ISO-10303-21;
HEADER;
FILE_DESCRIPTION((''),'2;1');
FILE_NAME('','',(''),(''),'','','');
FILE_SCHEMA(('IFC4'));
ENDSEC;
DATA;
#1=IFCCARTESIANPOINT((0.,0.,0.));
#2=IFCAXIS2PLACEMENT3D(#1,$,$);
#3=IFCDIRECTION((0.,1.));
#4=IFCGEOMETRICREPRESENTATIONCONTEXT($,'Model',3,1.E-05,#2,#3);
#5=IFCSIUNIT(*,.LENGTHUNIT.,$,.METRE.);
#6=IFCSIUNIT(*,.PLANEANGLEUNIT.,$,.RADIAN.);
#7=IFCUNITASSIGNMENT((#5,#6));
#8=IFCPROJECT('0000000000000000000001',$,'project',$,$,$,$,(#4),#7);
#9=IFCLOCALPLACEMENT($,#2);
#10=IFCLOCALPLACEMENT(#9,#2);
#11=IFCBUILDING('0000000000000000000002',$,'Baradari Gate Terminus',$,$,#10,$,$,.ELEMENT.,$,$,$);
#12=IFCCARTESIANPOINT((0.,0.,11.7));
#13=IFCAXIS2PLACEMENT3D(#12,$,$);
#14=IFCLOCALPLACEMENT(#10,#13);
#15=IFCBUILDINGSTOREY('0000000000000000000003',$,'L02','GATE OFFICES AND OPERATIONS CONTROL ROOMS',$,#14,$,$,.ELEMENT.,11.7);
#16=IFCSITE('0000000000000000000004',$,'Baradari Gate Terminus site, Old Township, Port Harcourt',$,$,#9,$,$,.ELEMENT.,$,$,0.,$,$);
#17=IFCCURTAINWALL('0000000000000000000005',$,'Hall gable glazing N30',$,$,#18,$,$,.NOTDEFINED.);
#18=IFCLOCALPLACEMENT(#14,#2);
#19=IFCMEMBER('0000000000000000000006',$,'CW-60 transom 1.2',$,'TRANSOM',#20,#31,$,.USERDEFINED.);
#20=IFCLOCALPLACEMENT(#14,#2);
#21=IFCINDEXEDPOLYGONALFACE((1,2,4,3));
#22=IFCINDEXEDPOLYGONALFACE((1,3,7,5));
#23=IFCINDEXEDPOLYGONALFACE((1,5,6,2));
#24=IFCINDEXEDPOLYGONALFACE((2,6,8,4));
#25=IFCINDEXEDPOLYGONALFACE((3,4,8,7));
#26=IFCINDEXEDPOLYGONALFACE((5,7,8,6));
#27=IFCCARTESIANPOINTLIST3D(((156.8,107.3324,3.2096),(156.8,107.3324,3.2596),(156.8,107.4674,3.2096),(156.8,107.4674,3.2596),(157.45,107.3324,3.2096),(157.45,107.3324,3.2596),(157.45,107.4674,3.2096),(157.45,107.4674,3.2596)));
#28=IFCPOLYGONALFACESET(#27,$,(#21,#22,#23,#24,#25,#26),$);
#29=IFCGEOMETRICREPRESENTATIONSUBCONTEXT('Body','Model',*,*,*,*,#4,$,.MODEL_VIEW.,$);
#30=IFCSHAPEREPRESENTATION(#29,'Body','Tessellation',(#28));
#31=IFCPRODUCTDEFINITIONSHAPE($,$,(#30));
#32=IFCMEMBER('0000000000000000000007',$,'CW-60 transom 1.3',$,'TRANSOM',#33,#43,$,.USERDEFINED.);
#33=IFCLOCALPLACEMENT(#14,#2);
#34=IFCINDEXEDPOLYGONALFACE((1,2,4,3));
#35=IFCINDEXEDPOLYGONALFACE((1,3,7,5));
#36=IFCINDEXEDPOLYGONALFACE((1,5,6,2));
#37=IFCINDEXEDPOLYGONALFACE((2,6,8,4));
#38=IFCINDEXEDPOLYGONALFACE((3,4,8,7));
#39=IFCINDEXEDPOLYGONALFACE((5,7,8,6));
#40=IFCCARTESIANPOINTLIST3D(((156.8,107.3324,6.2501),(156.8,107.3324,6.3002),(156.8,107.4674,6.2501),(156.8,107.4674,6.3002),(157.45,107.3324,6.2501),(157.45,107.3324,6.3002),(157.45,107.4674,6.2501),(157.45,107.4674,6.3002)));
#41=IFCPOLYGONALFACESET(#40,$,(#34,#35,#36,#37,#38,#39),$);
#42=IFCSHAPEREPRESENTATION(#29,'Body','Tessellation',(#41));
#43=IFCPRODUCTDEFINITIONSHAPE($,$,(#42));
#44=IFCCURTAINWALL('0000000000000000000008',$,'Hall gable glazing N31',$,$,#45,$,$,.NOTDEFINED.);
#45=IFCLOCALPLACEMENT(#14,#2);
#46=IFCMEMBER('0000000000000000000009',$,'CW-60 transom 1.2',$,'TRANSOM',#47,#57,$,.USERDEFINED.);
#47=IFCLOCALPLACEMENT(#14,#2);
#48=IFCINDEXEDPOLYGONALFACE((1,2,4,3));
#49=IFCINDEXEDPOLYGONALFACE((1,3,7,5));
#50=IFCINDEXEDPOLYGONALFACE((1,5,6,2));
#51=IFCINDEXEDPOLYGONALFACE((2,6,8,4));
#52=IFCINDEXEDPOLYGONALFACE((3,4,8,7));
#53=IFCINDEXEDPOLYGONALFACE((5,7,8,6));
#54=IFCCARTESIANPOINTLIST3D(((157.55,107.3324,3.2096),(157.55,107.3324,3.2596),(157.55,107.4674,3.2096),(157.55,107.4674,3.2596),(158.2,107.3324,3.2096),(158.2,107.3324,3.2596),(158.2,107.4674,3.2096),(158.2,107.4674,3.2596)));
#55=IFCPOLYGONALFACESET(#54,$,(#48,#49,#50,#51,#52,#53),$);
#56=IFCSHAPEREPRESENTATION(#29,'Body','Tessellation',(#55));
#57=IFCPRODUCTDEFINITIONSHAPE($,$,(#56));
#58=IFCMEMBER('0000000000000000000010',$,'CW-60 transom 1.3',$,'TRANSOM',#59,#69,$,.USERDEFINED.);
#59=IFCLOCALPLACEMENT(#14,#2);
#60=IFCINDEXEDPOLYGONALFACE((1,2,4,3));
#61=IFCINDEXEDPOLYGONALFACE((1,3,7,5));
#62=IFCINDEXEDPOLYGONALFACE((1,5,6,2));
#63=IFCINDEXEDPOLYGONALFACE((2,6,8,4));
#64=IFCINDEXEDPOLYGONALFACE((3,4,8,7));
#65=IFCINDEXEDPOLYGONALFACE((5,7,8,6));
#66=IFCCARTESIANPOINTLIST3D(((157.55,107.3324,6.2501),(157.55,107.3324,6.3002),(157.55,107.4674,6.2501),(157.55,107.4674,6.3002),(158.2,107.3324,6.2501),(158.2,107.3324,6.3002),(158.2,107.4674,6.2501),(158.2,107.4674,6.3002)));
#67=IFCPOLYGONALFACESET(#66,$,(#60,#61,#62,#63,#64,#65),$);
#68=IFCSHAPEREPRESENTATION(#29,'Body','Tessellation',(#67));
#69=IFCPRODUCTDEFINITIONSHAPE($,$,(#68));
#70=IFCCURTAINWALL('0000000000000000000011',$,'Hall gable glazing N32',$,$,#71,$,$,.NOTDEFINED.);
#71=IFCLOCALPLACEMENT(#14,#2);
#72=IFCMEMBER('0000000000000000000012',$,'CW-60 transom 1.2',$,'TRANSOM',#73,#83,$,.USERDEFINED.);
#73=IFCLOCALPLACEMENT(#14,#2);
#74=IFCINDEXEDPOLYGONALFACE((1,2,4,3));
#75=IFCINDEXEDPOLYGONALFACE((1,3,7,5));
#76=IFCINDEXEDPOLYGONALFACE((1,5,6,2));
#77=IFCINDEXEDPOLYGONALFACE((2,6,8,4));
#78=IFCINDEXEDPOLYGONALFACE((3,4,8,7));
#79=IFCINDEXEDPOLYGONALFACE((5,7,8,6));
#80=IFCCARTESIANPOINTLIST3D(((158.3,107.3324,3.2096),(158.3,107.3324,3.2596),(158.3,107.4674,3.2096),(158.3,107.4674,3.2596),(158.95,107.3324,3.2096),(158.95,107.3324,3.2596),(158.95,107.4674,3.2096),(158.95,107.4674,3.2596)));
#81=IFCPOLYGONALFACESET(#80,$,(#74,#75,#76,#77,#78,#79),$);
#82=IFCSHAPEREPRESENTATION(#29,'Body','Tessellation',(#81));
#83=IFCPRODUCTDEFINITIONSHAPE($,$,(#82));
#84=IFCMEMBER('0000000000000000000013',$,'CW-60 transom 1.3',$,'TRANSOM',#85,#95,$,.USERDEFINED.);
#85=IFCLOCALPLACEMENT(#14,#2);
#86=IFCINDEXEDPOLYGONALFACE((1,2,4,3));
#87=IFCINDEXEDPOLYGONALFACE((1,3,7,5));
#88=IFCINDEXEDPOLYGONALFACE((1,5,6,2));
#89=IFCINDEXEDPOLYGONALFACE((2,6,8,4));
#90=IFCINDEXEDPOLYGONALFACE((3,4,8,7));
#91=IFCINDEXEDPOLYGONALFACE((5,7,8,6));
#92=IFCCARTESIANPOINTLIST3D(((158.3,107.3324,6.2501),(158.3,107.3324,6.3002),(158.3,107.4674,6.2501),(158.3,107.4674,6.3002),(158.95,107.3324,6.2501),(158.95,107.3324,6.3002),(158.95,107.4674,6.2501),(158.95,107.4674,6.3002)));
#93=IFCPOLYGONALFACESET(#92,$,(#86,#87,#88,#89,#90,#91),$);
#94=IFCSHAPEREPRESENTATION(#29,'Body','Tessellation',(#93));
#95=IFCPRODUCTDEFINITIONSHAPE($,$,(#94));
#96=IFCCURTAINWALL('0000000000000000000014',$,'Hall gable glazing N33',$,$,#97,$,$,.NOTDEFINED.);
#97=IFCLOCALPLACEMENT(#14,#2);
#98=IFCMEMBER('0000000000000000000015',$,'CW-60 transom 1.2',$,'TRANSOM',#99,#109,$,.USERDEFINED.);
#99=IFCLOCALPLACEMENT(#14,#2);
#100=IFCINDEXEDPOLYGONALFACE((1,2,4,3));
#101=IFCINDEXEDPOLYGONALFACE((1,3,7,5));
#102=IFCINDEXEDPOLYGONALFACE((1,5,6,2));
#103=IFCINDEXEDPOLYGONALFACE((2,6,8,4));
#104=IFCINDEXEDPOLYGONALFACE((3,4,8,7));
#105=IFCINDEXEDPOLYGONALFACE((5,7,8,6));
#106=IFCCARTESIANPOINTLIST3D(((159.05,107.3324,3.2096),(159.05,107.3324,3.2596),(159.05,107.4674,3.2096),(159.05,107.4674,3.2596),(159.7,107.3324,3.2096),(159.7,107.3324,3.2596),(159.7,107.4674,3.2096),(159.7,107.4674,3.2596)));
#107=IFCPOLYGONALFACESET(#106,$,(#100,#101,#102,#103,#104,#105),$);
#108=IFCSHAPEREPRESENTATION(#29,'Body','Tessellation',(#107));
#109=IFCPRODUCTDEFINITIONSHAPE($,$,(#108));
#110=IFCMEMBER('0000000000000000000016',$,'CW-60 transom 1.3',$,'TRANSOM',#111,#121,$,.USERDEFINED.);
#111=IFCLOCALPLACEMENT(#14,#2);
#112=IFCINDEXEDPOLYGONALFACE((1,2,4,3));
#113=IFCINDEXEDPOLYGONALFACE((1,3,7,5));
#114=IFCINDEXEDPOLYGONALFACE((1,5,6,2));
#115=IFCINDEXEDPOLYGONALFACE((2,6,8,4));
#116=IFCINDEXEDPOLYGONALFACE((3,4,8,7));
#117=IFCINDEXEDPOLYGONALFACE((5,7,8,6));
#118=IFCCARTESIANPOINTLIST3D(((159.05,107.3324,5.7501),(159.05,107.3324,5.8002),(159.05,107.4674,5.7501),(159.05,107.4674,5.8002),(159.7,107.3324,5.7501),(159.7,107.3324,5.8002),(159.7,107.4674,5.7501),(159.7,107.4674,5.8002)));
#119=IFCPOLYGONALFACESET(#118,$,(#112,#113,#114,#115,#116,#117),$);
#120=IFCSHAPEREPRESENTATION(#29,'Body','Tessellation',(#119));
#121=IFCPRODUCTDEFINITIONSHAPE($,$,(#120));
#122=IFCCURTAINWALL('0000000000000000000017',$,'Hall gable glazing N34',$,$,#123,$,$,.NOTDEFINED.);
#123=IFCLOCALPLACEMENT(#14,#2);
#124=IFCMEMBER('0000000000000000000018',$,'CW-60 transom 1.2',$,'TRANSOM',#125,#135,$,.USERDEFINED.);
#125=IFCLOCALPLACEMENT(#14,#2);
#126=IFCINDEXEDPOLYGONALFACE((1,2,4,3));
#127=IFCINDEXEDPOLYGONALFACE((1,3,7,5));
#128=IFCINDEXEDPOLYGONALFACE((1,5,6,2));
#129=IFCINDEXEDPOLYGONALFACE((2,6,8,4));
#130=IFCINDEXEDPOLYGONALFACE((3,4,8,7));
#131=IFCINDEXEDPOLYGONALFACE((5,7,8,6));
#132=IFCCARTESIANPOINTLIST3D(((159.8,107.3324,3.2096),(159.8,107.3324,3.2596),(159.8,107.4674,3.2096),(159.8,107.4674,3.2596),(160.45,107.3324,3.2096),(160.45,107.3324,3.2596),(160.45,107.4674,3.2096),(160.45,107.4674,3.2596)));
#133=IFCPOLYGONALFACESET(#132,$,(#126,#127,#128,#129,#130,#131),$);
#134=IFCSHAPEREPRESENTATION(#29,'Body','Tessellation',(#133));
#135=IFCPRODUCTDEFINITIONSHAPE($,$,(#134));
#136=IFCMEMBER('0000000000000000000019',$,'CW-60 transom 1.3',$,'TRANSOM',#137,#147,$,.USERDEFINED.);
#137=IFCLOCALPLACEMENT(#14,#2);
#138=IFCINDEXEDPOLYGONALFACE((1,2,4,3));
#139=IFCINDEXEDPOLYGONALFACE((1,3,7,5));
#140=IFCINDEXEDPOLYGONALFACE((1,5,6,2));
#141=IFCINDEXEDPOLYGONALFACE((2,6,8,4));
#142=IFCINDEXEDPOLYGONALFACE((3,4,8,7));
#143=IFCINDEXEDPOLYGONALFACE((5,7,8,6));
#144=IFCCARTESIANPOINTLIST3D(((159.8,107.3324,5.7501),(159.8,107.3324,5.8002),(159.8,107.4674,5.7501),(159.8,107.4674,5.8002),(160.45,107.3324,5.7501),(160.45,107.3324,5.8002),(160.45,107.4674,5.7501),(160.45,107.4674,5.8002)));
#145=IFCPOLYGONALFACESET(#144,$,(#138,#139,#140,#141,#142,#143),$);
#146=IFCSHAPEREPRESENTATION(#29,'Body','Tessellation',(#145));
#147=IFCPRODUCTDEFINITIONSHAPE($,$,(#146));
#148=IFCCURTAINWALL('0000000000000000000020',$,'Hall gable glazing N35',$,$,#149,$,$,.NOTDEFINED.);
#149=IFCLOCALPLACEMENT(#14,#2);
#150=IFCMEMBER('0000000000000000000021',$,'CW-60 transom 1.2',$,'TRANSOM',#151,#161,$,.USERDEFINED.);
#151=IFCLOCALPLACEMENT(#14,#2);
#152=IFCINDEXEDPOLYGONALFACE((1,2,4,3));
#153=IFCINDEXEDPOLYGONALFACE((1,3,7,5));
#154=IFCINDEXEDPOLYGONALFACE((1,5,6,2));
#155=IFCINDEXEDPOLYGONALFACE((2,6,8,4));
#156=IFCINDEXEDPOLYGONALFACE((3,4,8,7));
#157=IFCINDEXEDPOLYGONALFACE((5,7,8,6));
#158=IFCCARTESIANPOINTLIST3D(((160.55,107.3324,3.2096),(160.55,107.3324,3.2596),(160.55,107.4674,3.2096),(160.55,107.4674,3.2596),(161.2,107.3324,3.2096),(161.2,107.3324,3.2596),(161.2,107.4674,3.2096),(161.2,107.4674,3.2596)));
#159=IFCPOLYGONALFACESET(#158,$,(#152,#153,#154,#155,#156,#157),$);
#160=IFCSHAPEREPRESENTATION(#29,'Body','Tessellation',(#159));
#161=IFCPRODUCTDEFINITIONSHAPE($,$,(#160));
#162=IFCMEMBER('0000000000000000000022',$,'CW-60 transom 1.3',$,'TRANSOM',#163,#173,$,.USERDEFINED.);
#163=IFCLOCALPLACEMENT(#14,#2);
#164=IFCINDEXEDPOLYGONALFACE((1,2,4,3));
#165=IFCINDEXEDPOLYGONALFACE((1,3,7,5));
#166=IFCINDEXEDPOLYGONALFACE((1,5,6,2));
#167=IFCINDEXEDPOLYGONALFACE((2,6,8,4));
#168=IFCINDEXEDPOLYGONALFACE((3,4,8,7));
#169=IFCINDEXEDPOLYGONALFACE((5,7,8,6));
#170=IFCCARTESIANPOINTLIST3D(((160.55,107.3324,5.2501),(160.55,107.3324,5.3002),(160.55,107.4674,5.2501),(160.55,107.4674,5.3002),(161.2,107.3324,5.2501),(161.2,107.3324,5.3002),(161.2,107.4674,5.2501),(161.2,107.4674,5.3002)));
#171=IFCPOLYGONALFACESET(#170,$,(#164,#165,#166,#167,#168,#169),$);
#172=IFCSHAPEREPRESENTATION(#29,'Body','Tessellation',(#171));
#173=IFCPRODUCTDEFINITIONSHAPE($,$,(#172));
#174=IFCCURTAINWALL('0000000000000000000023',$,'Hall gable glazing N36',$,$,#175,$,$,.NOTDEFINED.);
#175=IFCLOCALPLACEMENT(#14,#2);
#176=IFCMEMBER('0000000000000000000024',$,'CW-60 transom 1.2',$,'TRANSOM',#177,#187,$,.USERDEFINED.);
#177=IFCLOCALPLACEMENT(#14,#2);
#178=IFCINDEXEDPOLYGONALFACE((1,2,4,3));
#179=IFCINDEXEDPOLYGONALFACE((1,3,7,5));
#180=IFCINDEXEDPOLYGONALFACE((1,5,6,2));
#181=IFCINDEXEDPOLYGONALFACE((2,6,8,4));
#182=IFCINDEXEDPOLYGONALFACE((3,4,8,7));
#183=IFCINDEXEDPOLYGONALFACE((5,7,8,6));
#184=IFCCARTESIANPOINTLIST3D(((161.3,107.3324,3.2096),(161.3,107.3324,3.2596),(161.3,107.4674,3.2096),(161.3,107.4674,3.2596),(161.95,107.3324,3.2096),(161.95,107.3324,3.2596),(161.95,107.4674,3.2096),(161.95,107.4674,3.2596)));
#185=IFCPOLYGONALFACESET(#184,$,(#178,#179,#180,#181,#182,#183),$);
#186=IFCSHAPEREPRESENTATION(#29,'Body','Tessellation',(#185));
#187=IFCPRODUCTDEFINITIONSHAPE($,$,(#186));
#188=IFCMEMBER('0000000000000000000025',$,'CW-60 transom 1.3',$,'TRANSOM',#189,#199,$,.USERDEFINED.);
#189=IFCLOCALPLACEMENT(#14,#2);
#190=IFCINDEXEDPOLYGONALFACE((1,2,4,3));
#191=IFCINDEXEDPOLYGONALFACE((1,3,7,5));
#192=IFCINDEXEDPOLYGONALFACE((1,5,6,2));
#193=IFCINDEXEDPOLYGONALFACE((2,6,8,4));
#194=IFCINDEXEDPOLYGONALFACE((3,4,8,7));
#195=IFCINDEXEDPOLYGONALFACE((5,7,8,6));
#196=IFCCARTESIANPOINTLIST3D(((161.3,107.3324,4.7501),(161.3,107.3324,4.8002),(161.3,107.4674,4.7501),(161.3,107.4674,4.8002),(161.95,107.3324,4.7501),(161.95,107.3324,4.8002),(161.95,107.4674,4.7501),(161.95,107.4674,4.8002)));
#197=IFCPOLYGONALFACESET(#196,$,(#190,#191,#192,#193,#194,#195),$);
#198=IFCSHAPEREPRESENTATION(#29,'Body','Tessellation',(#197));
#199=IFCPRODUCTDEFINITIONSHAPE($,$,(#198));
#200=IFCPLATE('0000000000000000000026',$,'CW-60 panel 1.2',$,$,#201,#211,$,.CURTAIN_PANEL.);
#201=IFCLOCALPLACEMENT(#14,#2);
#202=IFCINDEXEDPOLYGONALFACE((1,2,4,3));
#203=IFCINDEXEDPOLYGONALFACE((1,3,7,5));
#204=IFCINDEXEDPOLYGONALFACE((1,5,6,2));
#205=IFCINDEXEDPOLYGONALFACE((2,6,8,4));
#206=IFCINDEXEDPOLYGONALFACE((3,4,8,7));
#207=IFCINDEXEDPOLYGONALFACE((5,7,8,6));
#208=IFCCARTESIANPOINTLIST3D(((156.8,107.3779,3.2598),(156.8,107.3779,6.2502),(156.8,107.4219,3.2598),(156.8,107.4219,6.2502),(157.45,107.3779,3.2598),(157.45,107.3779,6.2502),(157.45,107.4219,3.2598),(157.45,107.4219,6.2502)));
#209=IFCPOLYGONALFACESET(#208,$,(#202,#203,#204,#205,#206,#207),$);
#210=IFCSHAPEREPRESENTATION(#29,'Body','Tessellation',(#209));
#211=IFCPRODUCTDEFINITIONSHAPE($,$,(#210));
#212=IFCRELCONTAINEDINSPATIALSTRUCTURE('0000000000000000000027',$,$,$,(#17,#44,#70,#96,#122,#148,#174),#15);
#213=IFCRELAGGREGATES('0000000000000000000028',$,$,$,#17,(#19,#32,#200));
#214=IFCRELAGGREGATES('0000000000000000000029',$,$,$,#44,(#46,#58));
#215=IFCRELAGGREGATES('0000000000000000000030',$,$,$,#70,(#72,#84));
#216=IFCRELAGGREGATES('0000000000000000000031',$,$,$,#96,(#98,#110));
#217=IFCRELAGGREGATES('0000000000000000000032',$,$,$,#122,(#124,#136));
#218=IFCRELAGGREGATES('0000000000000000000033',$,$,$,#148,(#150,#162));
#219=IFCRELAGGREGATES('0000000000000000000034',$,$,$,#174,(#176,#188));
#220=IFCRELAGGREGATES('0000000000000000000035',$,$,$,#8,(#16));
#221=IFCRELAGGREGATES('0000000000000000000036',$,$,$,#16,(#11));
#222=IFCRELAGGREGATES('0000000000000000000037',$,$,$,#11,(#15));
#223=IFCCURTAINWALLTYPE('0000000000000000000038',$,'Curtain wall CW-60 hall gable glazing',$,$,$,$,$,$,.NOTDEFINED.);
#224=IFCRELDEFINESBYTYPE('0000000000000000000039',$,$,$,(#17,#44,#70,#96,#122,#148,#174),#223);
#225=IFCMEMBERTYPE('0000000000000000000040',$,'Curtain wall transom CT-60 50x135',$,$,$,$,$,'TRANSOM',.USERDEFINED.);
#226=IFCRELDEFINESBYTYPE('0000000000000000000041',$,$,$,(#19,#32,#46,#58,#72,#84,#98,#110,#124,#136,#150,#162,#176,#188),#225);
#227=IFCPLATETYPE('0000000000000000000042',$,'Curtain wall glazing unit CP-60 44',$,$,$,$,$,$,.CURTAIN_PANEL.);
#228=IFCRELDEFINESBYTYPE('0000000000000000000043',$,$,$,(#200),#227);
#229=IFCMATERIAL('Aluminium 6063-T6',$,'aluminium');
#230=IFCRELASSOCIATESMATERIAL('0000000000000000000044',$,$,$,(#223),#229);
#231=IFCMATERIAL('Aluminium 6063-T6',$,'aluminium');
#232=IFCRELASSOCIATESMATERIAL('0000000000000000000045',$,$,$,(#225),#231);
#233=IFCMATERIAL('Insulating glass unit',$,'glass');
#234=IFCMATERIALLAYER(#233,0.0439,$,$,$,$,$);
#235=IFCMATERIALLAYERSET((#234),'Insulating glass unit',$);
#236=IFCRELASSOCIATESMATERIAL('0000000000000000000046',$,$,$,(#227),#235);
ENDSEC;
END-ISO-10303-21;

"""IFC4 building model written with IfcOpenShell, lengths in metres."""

from ifc_helpers import new_model, si_unit, direction, frame, origin, origin_2d, place, context, subcontext, project, spatial, rectangle, extrude, material, layer, layer_set, material_profile, profile_set, type_object, element, aggregate, save


model = new_model("IFC4")

# Units and contexts
model_context = context("Model", 3, precision=1e-05, world=origin(), true_north=direction((0.0, 1.0)))
body_context = subcontext(model_context, "Body", "Model", "MODEL_VIEW")
ifc_project = project(units=[si_unit("LENGTHUNIT", "METRE"), si_unit("PLANEANGLEUNIT", "RADIAN")], contexts=[model_context])

# Site, building, storey
site_placement = place(None, origin())
site = spatial("IfcSite", under=ifc_project, at=site_placement, Name="Baradari Gate Terminus site, Old Township, Port Harcourt", CompositionType="ELEMENT", RefElevation=0.0)
building_placement = place(site_placement, origin())
building = spatial("IfcBuilding", under=site, at=building_placement, Name="Baradari Gate Terminus", CompositionType="ELEMENT")
storey_placement = place(building_placement, frame((0.0, 0.0, 11.7)))
storey = spatial("IfcBuildingStorey", under=building, at=storey_placement, Name="L02", Description="GATE OFFICES AND OPERATIONS CONTROL ROOMS", CompositionType="ELEMENT", Elevation=11.7)

# Curtain walls, members
ifc_material_1 = material(Name="Aluminium 6063-T6", Category="aluminium")
curtain_wall_type = type_object("IfcCurtainWallType", Name="Curtain wall CW-60 hall gable glazing", PredefinedType="NOTDEFINED", material=ifc_material_1)
curtain_wall_1_placement = place(storey_placement, origin())
curtain_wall_1 = element("IfcCurtainWall", 1, at=curtain_wall_1_placement, inside=storey, type_object=curtain_wall_type, Name="Hall gable glazing N30", PredefinedType="NOTDEFINED")
ifc_material_2 = material(Name="Aluminium 6063-T6", Category="aluminium")
ifc_material_profile = material_profile(ifc_material_2, rectangle(XDim=0.135, YDim=0.05, at=origin_2d()), Name="CT-60 50X135")
ifc_profile_set = profile_set([ifc_material_profile], Name="Aluminium 6063-T6")
member_type = type_object("IfcMemberType", Name="Curtain wall transom CT-60 50x135", ElementType="TRANSOM", PredefinedType="USERDEFINED", material=ifc_profile_set)
member_1_placement = place(storey_placement, frame((156.8, 107.3999, 3.2346), z_axis=(1.0, 0.0, 0.0), x_axis=(0.0, 1.0, 0.0)))
member_1 = element("IfcMember", 2, at=member_1_placement, type_object=member_type, Name="CW-60 transom 1.2", ObjectType="TRANSOM", PredefinedType="USERDEFINED", context=body_context, shape_type="SweptSolid", body=[
    extrude(rectangle(XDim=0.135, YDim=0.05, at=origin_2d()), origin(), (0.0, 0.0, 1.0), 0.6499),
])
member_2_placement = place(storey_placement, frame((156.8, 107.3999, 6.2751), z_axis=(1.0, 0.0, 0.0), x_axis=(0.0, 1.0, 0.0)))
member_2 = element("IfcMember", 3, at=member_2_placement, type_object=member_type, Name="CW-60 transom 1.3", ObjectType="TRANSOM", PredefinedType="USERDEFINED", context=body_context, shape_type="SweptSolid", body=[
    extrude(rectangle(XDim=0.135, YDim=0.05, at=origin_2d()), origin(), (0.0, 0.0, 1.0), 0.6499),
])
curtain_wall_2_placement = place(storey_placement, origin())
curtain_wall_2 = element("IfcCurtainWall", 4, at=curtain_wall_2_placement, inside=storey, type_object=curtain_wall_type, Name="Hall gable glazing N31", PredefinedType="NOTDEFINED")
member_3_placement = place(storey_placement, frame((157.55, 107.3999, 3.2346), z_axis=(1.0, 0.0, 0.0), x_axis=(0.0, 1.0, 0.0)))
member_3 = element("IfcMember", 5, at=member_3_placement, type_object=member_type, Name="CW-60 transom 1.2", ObjectType="TRANSOM", PredefinedType="USERDEFINED", context=body_context, shape_type="SweptSolid", body=[
    extrude(rectangle(XDim=0.135, YDim=0.05, at=origin_2d()), origin(), (0.0, 0.0, 1.0), 0.6499),
])
member_4_placement = place(storey_placement, frame((157.55, 107.3999, 6.2751), z_axis=(1.0, 0.0, 0.0), x_axis=(0.0, 1.0, 0.0)))
member_4 = element("IfcMember", 6, at=member_4_placement, type_object=member_type, Name="CW-60 transom 1.3", ObjectType="TRANSOM", PredefinedType="USERDEFINED", context=body_context, shape_type="SweptSolid", body=[
    extrude(rectangle(XDim=0.135, YDim=0.05, at=origin_2d()), origin(), (0.0, 0.0, 1.0), 0.6499),
])
curtain_wall_3_placement = place(storey_placement, origin())
curtain_wall_3 = element("IfcCurtainWall", 7, at=curtain_wall_3_placement, inside=storey, type_object=curtain_wall_type, Name="Hall gable glazing N32", PredefinedType="NOTDEFINED")
member_5_placement = place(storey_placement, frame((158.3, 107.3999, 3.2346), z_axis=(1.0, 0.0, 0.0), x_axis=(0.0, 1.0, 0.0)))
member_5 = element("IfcMember", 8, at=member_5_placement, type_object=member_type, Name="CW-60 transom 1.2", ObjectType="TRANSOM", PredefinedType="USERDEFINED", context=body_context, shape_type="SweptSolid", body=[
    extrude(rectangle(XDim=0.135, YDim=0.05, at=origin_2d()), origin(), (0.0, 0.0, 1.0), 0.6499),
])
member_6_placement = place(storey_placement, frame((158.3, 107.3999, 6.2751), z_axis=(1.0, 0.0, 0.0), x_axis=(0.0, 1.0, 0.0)))
member_6 = element("IfcMember", 9, at=member_6_placement, type_object=member_type, Name="CW-60 transom 1.3", ObjectType="TRANSOM", PredefinedType="USERDEFINED", context=body_context, shape_type="SweptSolid", body=[
    extrude(rectangle(XDim=0.135, YDim=0.05, at=origin_2d()), origin(), (0.0, 0.0, 1.0), 0.6499),
])
curtain_wall_4_placement = place(storey_placement, origin())
curtain_wall_4 = element("IfcCurtainWall", 10, at=curtain_wall_4_placement, inside=storey, type_object=curtain_wall_type, Name="Hall gable glazing N33", PredefinedType="NOTDEFINED")
member_7_placement = place(storey_placement, frame((159.05, 107.3999, 3.2346), z_axis=(1.0, 0.0, 0.0), x_axis=(0.0, 1.0, 0.0)))
member_7 = element("IfcMember", 11, at=member_7_placement, type_object=member_type, Name="CW-60 transom 1.2", ObjectType="TRANSOM", PredefinedType="USERDEFINED", context=body_context, shape_type="SweptSolid", body=[
    extrude(rectangle(XDim=0.135, YDim=0.05, at=origin_2d()), origin(), (0.0, 0.0, 1.0), 0.6499),
])
member_8_placement = place(storey_placement, frame((159.05, 107.3999, 5.7751), z_axis=(1.0, 0.0, 0.0), x_axis=(0.0, 1.0, 0.0)))
member_8 = element("IfcMember", 12, at=member_8_placement, type_object=member_type, Name="CW-60 transom 1.3", ObjectType="TRANSOM", PredefinedType="USERDEFINED", context=body_context, shape_type="SweptSolid", body=[
    extrude(rectangle(XDim=0.135, YDim=0.05, at=origin_2d()), origin(), (0.0, 0.0, 1.0), 0.6499),
])
curtain_wall_5_placement = place(storey_placement, origin())
curtain_wall_5 = element("IfcCurtainWall", 13, at=curtain_wall_5_placement, inside=storey, type_object=curtain_wall_type, Name="Hall gable glazing N34", PredefinedType="NOTDEFINED")
member_9_placement = place(storey_placement, frame((159.8, 107.3999, 3.2346), z_axis=(1.0, 0.0, 0.0), x_axis=(0.0, 1.0, 0.0)))
member_9 = element("IfcMember", 14, at=member_9_placement, type_object=member_type, Name="CW-60 transom 1.2", ObjectType="TRANSOM", PredefinedType="USERDEFINED", context=body_context, shape_type="SweptSolid", body=[
    extrude(rectangle(XDim=0.135, YDim=0.05, at=origin_2d()), origin(), (0.0, 0.0, 1.0), 0.6499),
])
member_10_placement = place(storey_placement, frame((159.8, 107.3999, 5.7751), z_axis=(1.0, 0.0, 0.0), x_axis=(0.0, 1.0, 0.0)))
member_10 = element("IfcMember", 15, at=member_10_placement, type_object=member_type, Name="CW-60 transom 1.3", ObjectType="TRANSOM", PredefinedType="USERDEFINED", context=body_context, shape_type="SweptSolid", body=[
    extrude(rectangle(XDim=0.135, YDim=0.05, at=origin_2d()), origin(), (0.0, 0.0, 1.0), 0.6499),
])
curtain_wall_6_placement = place(storey_placement, origin())
curtain_wall_6 = element("IfcCurtainWall", 16, at=curtain_wall_6_placement, inside=storey, type_object=curtain_wall_type, Name="Hall gable glazing N35", PredefinedType="NOTDEFINED")
member_11_placement = place(storey_placement, frame((160.55, 107.3999, 3.2346), z_axis=(1.0, 0.0, 0.0), x_axis=(0.0, 1.0, 0.0)))
member_11 = element("IfcMember", 17, at=member_11_placement, type_object=member_type, Name="CW-60 transom 1.2", ObjectType="TRANSOM", PredefinedType="USERDEFINED", context=body_context, shape_type="SweptSolid", body=[
    extrude(rectangle(XDim=0.135, YDim=0.05, at=origin_2d()), origin(), (0.0, 0.0, 1.0), 0.6499),
])
member_12_placement = place(storey_placement, frame((160.55, 107.3999, 5.2751), z_axis=(1.0, 0.0, 0.0), x_axis=(0.0, 1.0, 0.0)))
member_12 = element("IfcMember", 18, at=member_12_placement, type_object=member_type, Name="CW-60 transom 1.3", ObjectType="TRANSOM", PredefinedType="USERDEFINED", context=body_context, shape_type="SweptSolid", body=[
    extrude(rectangle(XDim=0.135, YDim=0.05, at=origin_2d()), origin(), (0.0, 0.0, 1.0), 0.6499),
])
curtain_wall_7_placement = place(storey_placement, origin())
curtain_wall_7 = element("IfcCurtainWall", 19, at=curtain_wall_7_placement, inside=storey, type_object=curtain_wall_type, Name="Hall gable glazing N36", PredefinedType="NOTDEFINED")
member_13_placement = place(storey_placement, frame((161.3, 107.3999, 3.2346), z_axis=(1.0, 0.0, 0.0), x_axis=(0.0, 1.0, 0.0)))
member_13 = element("IfcMember", 20, at=member_13_placement, type_object=member_type, Name="CW-60 transom 1.2", ObjectType="TRANSOM", PredefinedType="USERDEFINED", context=body_context, shape_type="SweptSolid", body=[
    extrude(rectangle(XDim=0.135, YDim=0.05, at=origin_2d()), origin(), (0.0, 0.0, 1.0), 0.6499),
])
member_14_placement = place(storey_placement, frame((161.3, 107.3999, 4.7751), z_axis=(1.0, 0.0, 0.0), x_axis=(0.0, 1.0, 0.0)))
member_14 = element("IfcMember", 21, at=member_14_placement, type_object=member_type, Name="CW-60 transom 1.3", ObjectType="TRANSOM", PredefinedType="USERDEFINED", context=body_context, shape_type="SweptSolid", body=[
    extrude(rectangle(XDim=0.135, YDim=0.05, at=origin_2d()), origin(), (0.0, 0.0, 1.0), 0.6499),
])

# Plate
ifc_material_3 = material(Name="Insulating glass unit", Category="glass")
ifc_layer = layer(ifc_material_3, 0.0439)
ifc_layer_set = layer_set([ifc_layer], Name="Insulating glass unit")
plate_type = type_object("IfcPlateType", Name="Curtain wall glazing unit CP-60 44", PredefinedType="CURTAIN_PANEL", material=ifc_layer_set)
plate_1_placement = place(storey_placement, frame((157.125, 107.3999, 3.2598), z_axis=(0.0, 0.0, 1.0), x_axis=(1.0, 0.0, 0.0)))
plate_1 = element("IfcPlate", 22, at=plate_1_placement, type_object=plate_type, Name="CW-60 panel 1.2", PredefinedType="CURTAIN_PANEL", context=body_context, shape_type="SweptSolid", body=[
    extrude(rectangle(XDim=0.6499, YDim=0.0439, at=origin_2d()), origin(), (0.0, 0.0, 1.0), 2.9905),
])
aggregate(curtain_wall_1, [member_1, member_2, plate_1])
aggregate(curtain_wall_2, [member_3, member_4])
aggregate(curtain_wall_3, [member_5, member_6])
aggregate(curtain_wall_4, [member_7, member_8])
aggregate(curtain_wall_5, [member_9, member_10])
aggregate(curtain_wall_6, [member_11, member_12])
aggregate(curtain_wall_7, [member_13, member_14])

save(model, "model.ifc")
